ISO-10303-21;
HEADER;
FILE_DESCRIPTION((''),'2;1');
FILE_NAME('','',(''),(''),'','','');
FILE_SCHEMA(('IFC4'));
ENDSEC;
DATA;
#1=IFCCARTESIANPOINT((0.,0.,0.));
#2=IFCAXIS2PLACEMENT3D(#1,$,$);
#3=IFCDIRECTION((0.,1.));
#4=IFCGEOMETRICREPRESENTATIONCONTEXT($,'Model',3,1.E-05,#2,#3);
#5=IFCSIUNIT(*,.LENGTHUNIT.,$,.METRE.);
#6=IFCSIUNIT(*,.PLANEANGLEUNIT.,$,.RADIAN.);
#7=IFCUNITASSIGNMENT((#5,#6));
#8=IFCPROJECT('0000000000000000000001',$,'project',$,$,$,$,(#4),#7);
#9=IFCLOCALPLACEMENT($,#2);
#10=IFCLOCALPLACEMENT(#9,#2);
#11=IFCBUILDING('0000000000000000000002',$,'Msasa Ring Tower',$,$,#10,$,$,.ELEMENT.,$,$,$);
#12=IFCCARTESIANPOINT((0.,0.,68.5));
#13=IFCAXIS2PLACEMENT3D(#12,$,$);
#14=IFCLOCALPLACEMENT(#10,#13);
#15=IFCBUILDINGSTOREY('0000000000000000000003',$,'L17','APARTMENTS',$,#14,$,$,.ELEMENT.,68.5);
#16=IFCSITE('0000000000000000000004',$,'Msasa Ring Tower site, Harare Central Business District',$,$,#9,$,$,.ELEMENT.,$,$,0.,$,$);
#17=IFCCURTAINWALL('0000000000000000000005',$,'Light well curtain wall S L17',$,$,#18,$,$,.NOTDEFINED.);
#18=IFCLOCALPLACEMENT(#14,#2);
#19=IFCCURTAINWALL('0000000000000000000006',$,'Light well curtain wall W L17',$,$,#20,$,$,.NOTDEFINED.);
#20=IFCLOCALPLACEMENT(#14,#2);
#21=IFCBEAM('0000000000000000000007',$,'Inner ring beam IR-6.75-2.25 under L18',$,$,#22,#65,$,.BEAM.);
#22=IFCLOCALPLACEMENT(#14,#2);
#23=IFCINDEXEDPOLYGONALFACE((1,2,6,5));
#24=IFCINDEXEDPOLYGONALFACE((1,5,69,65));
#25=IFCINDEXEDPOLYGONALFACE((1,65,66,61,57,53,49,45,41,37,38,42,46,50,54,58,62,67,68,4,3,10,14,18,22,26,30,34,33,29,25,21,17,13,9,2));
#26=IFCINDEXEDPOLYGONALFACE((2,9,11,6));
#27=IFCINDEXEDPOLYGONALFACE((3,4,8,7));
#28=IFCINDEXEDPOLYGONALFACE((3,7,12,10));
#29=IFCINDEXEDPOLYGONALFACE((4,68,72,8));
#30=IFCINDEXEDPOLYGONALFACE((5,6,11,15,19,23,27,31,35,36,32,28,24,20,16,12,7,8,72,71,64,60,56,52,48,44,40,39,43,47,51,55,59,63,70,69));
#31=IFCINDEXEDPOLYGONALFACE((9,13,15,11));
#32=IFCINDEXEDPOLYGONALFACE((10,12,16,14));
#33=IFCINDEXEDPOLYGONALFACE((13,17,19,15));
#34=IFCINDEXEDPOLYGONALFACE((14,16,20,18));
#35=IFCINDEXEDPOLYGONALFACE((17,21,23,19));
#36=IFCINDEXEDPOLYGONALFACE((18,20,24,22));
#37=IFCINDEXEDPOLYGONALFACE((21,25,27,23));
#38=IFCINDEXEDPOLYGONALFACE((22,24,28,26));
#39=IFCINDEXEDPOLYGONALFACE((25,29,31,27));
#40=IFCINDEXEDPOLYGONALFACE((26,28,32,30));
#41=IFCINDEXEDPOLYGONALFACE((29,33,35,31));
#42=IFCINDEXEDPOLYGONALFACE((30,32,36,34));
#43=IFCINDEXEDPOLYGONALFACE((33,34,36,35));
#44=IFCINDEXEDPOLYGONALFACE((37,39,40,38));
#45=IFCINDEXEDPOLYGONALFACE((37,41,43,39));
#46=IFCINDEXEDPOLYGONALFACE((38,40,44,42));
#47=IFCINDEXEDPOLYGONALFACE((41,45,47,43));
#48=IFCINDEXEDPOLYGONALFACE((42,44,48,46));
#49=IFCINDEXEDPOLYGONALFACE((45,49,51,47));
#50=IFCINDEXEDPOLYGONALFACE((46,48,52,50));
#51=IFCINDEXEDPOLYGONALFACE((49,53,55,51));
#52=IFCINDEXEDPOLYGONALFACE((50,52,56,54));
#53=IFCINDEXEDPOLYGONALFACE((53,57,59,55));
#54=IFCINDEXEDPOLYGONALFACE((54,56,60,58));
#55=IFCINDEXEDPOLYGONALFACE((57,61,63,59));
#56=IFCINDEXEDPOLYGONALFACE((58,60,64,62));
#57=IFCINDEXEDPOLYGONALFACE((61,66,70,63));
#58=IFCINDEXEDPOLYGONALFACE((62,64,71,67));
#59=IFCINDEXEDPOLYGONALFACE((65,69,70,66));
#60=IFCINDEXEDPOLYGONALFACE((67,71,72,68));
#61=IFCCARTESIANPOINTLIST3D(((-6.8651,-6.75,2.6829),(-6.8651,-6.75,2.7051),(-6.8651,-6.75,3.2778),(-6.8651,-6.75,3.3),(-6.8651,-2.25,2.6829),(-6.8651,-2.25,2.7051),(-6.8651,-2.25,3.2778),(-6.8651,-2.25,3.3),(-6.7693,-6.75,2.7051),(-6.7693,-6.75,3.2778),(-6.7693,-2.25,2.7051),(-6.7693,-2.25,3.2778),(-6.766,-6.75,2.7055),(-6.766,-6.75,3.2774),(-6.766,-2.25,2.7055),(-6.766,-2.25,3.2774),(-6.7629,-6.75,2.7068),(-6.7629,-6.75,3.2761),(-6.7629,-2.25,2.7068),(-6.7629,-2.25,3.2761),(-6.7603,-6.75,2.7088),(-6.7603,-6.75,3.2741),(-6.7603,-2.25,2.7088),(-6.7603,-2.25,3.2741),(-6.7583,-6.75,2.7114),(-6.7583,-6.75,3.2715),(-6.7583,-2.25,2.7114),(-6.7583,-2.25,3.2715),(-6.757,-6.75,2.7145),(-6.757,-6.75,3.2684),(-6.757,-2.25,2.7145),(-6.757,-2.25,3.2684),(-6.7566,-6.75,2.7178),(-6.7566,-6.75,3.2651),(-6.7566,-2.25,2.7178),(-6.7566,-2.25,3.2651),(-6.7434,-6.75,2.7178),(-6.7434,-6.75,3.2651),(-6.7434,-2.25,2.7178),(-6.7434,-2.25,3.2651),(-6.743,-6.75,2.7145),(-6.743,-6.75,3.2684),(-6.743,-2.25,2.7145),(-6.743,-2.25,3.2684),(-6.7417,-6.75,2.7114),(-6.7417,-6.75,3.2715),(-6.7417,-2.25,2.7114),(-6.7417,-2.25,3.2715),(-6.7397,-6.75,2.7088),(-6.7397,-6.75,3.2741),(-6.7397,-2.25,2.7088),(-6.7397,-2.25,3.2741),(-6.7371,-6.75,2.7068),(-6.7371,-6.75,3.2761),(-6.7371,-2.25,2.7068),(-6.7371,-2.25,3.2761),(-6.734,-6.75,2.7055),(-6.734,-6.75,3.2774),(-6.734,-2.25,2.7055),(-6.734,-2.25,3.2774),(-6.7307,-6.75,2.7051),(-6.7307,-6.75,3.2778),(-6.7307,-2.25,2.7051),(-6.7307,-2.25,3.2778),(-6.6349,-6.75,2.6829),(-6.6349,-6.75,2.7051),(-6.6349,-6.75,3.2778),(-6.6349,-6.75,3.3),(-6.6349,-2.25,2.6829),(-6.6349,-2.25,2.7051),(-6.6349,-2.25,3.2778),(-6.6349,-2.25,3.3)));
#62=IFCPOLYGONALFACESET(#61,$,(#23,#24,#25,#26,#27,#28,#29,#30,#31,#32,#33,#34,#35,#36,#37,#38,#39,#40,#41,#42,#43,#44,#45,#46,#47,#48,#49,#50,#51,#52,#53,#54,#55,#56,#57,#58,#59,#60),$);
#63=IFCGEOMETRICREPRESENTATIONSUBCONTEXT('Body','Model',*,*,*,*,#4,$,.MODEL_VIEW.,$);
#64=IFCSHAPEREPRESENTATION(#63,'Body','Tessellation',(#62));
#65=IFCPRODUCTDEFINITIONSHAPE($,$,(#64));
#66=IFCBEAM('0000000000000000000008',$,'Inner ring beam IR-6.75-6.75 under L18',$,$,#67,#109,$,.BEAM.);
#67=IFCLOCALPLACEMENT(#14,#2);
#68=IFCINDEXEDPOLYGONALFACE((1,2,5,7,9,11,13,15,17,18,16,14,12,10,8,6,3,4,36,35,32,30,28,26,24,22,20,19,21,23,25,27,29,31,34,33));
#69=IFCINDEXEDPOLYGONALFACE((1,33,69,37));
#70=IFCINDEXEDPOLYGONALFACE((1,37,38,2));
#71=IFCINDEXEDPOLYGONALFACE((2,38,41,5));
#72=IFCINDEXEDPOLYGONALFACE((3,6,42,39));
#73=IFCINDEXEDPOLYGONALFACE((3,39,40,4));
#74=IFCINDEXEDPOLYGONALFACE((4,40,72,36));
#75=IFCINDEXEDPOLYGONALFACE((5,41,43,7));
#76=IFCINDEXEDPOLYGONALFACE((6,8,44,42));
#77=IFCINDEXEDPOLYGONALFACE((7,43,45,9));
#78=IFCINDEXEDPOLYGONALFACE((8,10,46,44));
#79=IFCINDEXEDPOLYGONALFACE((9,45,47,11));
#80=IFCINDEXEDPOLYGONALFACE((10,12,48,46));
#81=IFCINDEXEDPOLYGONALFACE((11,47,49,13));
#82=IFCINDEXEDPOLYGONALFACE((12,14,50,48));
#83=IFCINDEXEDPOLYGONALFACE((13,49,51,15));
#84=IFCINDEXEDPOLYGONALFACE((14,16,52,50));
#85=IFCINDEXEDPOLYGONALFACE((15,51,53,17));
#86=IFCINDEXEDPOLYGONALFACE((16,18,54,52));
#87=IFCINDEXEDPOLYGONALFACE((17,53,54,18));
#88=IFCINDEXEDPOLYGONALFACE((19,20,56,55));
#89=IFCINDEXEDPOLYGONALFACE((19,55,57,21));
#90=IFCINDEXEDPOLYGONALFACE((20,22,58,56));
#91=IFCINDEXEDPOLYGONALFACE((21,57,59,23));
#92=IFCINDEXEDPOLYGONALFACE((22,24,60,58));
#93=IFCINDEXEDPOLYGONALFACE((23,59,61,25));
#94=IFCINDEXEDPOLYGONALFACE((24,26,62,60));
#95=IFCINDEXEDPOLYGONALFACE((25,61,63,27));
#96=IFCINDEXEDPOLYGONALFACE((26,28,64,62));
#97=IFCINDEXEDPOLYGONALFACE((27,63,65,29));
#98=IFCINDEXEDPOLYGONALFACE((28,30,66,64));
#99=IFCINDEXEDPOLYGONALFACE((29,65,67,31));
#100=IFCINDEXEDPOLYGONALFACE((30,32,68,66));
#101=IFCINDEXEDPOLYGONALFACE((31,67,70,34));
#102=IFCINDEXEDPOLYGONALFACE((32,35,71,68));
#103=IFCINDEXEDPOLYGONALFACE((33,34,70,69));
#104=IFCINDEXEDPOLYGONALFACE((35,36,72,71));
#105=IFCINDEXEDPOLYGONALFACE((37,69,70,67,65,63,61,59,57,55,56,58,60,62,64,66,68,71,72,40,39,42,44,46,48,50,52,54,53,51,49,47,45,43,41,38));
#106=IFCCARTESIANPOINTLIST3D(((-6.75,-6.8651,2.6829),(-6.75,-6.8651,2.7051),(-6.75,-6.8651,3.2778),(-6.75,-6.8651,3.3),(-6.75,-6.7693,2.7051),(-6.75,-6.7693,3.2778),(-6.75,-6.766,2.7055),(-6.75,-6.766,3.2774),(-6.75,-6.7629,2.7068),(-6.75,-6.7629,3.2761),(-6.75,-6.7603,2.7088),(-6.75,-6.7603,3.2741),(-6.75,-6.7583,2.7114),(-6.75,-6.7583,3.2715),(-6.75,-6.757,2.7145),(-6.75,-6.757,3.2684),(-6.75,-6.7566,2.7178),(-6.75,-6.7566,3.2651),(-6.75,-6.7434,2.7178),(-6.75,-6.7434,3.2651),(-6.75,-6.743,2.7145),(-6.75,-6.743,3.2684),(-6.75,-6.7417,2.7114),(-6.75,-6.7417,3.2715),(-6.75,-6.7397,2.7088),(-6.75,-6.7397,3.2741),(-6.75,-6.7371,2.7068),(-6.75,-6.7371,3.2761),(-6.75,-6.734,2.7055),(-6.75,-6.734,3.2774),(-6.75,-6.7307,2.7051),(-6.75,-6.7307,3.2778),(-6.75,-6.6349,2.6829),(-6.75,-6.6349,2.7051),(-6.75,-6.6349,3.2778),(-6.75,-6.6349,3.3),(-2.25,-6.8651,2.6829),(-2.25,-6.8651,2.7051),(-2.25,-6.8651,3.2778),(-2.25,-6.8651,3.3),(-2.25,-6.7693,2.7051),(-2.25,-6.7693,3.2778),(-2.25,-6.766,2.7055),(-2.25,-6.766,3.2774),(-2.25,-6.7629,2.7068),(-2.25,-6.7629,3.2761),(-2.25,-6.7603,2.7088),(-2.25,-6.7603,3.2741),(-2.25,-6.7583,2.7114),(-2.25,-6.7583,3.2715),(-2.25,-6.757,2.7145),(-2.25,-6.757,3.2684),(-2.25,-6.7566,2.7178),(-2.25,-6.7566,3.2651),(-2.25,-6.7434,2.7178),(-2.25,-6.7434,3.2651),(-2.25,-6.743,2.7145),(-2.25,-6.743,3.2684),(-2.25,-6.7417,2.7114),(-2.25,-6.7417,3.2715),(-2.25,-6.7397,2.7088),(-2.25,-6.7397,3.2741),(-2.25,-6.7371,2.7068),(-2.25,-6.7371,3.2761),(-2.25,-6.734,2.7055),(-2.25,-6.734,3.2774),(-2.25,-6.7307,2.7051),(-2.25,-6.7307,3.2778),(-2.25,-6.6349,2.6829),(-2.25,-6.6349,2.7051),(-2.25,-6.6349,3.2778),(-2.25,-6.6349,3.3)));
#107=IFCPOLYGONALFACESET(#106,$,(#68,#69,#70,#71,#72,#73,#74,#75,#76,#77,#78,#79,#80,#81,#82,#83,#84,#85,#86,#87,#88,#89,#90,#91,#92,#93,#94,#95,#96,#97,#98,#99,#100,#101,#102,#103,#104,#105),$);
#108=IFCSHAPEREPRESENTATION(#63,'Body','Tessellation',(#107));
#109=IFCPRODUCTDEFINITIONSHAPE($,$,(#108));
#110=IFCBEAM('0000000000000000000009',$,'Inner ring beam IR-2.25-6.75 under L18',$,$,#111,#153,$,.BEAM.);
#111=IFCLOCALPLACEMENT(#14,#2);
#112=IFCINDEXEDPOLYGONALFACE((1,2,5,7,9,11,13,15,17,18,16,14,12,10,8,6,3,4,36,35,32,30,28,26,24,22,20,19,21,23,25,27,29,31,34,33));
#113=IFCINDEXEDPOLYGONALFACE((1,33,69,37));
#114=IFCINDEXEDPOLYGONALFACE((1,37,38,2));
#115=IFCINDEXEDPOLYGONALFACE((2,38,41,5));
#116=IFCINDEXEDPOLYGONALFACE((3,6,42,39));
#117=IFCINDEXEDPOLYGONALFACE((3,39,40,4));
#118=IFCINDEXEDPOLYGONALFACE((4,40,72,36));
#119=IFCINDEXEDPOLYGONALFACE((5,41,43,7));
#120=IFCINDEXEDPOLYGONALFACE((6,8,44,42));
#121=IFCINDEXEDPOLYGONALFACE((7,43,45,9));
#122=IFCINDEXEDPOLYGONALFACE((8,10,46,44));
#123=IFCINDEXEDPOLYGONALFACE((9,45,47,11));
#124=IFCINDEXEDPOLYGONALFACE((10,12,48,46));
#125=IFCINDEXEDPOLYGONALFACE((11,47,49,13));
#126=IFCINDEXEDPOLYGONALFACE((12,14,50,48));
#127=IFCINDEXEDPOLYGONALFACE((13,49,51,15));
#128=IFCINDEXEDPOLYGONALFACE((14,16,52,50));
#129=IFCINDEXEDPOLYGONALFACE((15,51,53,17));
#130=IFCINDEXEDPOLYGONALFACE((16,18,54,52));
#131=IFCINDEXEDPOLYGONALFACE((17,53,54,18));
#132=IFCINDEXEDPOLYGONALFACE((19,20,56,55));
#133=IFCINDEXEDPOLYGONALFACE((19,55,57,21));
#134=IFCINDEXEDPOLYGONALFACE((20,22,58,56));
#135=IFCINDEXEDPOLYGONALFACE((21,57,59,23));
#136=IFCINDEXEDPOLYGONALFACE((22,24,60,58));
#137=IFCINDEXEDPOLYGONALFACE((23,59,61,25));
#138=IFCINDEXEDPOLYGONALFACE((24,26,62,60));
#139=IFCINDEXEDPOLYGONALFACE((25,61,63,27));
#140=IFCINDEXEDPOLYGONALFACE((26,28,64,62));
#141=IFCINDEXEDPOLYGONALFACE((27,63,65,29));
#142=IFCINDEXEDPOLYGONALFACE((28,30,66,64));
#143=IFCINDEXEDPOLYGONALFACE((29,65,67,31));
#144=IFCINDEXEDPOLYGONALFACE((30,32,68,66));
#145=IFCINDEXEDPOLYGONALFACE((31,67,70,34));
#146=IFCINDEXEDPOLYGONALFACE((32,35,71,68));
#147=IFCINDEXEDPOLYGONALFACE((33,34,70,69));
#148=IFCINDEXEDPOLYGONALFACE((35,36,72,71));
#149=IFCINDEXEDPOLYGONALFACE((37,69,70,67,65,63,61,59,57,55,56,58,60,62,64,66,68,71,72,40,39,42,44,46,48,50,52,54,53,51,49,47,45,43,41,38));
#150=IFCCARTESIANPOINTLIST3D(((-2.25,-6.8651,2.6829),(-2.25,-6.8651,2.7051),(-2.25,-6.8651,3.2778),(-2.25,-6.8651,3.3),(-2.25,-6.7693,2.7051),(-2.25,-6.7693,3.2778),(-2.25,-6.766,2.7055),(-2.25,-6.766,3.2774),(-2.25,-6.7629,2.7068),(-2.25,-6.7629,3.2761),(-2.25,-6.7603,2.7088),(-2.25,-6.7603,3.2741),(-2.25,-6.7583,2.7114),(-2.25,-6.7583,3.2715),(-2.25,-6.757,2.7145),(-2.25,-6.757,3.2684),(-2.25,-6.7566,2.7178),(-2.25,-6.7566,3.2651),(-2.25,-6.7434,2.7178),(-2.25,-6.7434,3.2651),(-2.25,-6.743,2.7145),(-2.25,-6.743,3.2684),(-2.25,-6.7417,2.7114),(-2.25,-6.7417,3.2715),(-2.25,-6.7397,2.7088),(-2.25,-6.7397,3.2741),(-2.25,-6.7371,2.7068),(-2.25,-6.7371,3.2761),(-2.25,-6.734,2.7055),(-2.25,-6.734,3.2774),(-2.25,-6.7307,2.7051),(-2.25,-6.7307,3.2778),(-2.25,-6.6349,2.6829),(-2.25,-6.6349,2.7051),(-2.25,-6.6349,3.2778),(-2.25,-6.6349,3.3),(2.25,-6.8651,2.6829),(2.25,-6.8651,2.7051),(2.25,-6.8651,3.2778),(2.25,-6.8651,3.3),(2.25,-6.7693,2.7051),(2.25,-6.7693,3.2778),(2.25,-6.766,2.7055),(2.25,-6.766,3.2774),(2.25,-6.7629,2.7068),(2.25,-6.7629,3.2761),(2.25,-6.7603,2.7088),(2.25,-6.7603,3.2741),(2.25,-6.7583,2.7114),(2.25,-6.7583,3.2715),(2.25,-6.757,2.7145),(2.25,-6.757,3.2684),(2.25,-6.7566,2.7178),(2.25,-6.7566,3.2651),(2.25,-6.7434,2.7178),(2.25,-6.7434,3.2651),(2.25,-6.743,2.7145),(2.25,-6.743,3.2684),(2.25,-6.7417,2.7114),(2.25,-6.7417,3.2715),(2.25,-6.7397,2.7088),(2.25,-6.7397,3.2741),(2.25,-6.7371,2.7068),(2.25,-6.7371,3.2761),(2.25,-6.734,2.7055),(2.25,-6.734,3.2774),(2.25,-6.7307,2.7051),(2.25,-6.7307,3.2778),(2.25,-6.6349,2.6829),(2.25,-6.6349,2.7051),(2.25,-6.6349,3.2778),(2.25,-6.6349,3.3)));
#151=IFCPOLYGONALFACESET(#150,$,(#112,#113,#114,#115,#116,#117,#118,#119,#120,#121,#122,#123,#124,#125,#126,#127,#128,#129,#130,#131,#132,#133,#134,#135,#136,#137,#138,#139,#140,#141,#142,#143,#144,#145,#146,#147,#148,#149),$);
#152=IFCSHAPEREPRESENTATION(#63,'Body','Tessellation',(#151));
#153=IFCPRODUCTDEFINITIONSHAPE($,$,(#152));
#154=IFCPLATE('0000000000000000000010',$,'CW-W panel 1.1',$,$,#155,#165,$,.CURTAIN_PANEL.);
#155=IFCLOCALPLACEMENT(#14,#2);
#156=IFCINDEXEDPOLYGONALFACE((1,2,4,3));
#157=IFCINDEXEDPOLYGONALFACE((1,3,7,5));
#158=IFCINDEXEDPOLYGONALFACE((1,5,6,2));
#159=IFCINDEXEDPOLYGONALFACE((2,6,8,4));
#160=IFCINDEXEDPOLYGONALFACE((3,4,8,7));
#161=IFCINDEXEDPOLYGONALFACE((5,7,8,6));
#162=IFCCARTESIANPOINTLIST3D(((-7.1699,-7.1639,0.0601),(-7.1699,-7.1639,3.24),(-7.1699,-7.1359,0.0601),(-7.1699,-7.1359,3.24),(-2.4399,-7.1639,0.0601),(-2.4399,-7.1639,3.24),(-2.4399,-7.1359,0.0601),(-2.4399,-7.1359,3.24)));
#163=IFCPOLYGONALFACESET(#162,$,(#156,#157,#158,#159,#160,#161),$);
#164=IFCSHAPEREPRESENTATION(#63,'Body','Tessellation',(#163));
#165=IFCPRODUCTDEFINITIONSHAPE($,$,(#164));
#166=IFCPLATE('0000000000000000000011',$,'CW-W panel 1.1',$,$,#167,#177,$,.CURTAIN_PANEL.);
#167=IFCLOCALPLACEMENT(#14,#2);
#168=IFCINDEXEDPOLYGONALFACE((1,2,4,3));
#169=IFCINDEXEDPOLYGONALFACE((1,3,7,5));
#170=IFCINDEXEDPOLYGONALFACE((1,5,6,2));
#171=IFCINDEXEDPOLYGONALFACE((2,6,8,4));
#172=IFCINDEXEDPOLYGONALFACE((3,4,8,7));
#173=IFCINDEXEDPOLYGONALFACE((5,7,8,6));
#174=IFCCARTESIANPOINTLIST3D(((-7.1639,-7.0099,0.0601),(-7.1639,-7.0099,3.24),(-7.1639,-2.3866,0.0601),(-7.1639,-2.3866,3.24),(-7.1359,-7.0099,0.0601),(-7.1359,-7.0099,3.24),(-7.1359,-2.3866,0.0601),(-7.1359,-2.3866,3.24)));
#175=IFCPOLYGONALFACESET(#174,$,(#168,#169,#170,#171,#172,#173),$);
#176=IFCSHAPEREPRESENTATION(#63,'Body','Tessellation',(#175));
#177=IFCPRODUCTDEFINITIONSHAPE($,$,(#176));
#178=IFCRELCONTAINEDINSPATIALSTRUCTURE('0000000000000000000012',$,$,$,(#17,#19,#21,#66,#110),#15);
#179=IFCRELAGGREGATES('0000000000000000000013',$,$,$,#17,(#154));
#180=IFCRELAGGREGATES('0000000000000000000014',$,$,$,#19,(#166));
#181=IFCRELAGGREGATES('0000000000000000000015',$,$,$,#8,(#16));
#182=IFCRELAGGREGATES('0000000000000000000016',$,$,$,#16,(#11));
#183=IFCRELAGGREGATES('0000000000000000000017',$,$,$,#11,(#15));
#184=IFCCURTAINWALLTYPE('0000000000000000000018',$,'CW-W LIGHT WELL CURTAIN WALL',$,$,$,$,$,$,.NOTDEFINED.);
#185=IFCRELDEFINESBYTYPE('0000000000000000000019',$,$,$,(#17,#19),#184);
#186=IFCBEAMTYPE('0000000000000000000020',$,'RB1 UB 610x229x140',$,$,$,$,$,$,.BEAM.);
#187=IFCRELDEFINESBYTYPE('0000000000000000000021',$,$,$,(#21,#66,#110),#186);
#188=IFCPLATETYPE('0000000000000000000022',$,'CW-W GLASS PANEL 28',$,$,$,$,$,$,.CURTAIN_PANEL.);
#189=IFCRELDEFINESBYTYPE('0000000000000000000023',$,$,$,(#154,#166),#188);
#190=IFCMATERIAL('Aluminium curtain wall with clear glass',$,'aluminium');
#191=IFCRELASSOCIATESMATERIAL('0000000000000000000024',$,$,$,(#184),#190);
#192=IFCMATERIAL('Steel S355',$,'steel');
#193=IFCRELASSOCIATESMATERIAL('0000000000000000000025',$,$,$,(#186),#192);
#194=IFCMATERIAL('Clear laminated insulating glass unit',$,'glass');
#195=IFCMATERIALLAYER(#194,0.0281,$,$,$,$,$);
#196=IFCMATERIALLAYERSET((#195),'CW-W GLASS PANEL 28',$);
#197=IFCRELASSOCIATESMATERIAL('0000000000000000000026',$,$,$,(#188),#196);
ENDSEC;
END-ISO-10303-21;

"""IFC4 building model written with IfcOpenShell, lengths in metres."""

from ifc_helpers import new_model, si_unit, direction, frame, origin, origin_2d, place, context, subcontext, project, spatial, rectangle, i_section, extrude, material, layer, layer_set, material_profile, profile_set, type_object, element, aggregate, save


model = new_model("IFC4")

# Units and contexts
model_context = context("Model", 3, precision=1e-05, world=origin(), true_north=direction((0.0, 1.0)))
body_context = subcontext(model_context, "Body", "Model", "MODEL_VIEW")
ifc_project = project(units=[si_unit("LENGTHUNIT", "METRE"), si_unit("PLANEANGLEUNIT", "RADIAN")], contexts=[model_context])

# Site, building, storey
site_placement = place(None, origin())
site = spatial("IfcSite", under=ifc_project, at=site_placement, Name="Msasa Ring Tower site, Harare Central Business District", CompositionType="ELEMENT", RefElevation=0.0)
building_placement = place(site_placement, origin())
building = spatial("IfcBuilding", under=site, at=building_placement, Name="Msasa Ring Tower", CompositionType="ELEMENT")
storey_placement = place(building_placement, frame((0.0, 0.0, 68.5)))
storey = spatial("IfcBuildingStorey", under=building, at=storey_placement, Name="L17", Description="APARTMENTS", CompositionType="ELEMENT", Elevation=68.5)

# Curtain walls
ifc_material_1 = material(Name="Aluminium curtain wall with clear glass", Category="aluminium")
curtain_wall_type = type_object("IfcCurtainWallType", Name="CW-W LIGHT WELL CURTAIN WALL", PredefinedType="NOTDEFINED", material=ifc_material_1)
curtain_wall_1_placement = place(storey_placement, origin())
curtain_wall_1 = element("IfcCurtainWall", 1, at=curtain_wall_1_placement, inside=storey, type_object=curtain_wall_type, Name="Light well curtain wall S L17", PredefinedType="NOTDEFINED")
curtain_wall_2_placement = place(storey_placement, origin())
curtain_wall_2 = element("IfcCurtainWall", 2, at=curtain_wall_2_placement, inside=storey, type_object=curtain_wall_type, Name="Light well curtain wall W L17", PredefinedType="NOTDEFINED")

# Beams
ifc_material_2 = material(Name="Steel S355", Category="steel")
ifc_material_profile_1 = material_profile(ifc_material_2, i_section(OverallWidth=0.2302, OverallDepth=0.6172, WebThickness=0.0132, FlangeThickness=0.0222, FilletRadius=0.0127, at=origin_2d()), Name="UB 610x229x140")
ifc_profile_set_1 = profile_set([ifc_material_profile_1], Name="Steel S355")
beam_type = type_object("IfcBeamType", Name="RB1 UB 610x229x140", PredefinedType="BEAM", material=ifc_profile_set_1)
for number, where, z_axis, x_axis, name in (
    (3, (-6.75, -2.25, 2.9915), (0.0, -1.0, 0.0), (1.0, 0.0, 0.0), "Inner ring beam IR-6.75-2.25 under L18"),
    (4, (-6.75, -6.75, 2.9915), (1.0, 0.0, 0.0), (0.0, 1.0, 0.0), "Inner ring beam IR-6.75-6.75 under L18"),
    (5, (-2.25, -6.75, 2.9915), (1.0, 0.0, 0.0), (0.0, 1.0, 0.0), "Inner ring beam IR-2.25-6.75 under L18"),
):
    element("IfcBeam", number, at=place(storey_placement, frame(where, z_axis=z_axis, x_axis=x_axis)), inside=storey, type_object=beam_type, Name=name, PredefinedType="BEAM", context=body_context, shape_type="SweptSolid", body=[
        extrude(i_section(OverallWidth=0.2302, OverallDepth=0.6172, WebThickness=0.0132, FlangeThickness=0.0222, FilletRadius=0.0127, at=origin_2d()), origin(), (0.0, 0.0, 1.0), 4.5),
    ])

# Plates
ifc_material_3 = material(Name="Clear laminated insulating glass unit", Category="glass")
ifc_layer = layer(ifc_material_3, 0.0281)
ifc_layer_set = layer_set([ifc_layer], Name="CW-W GLASS PANEL 28")
plate_type = type_object("IfcPlateType", Name="CW-W GLASS PANEL 28", PredefinedType="CURTAIN_PANEL", material=ifc_layer_set)
plate_1_placement = place(storey_placement, frame((-4.8049, -7.1499, 0.0601), z_axis=(0.0, 0.0, 1.0), x_axis=(1.0, 0.0, 0.0)))
plate_1 = element("IfcPlate", 6, at=plate_1_placement, type_object=plate_type, Name="CW-W panel 1.1", PredefinedType="CURTAIN_PANEL", context=body_context, shape_type="SweptSolid", body=[
    extrude(rectangle(XDim=4.73, YDim=0.0281, at=origin_2d()), origin(), (0.0, 0.0, 1.0), 3.1799),
])
aggregate(curtain_wall_1, [plate_1])
plate_2_placement = place(storey_placement, frame((-7.1499, -4.6982, 0.0601), z_axis=(0.0, 0.0, 1.0), x_axis=(0.0, 1.0, 0.0)))
plate_2 = element("IfcPlate", 7, at=plate_2_placement, type_object=plate_type, Name="CW-W panel 1.1", PredefinedType="CURTAIN_PANEL", context=body_context, shape_type="SweptSolid", body=[
    extrude(rectangle(XDim=4.6233, YDim=0.0281, at=origin_2d()), origin(), (0.0, 0.0, 1.0), 3.1799),
])
aggregate(curtain_wall_2, [plate_2])

save(model, "model.ifc")
